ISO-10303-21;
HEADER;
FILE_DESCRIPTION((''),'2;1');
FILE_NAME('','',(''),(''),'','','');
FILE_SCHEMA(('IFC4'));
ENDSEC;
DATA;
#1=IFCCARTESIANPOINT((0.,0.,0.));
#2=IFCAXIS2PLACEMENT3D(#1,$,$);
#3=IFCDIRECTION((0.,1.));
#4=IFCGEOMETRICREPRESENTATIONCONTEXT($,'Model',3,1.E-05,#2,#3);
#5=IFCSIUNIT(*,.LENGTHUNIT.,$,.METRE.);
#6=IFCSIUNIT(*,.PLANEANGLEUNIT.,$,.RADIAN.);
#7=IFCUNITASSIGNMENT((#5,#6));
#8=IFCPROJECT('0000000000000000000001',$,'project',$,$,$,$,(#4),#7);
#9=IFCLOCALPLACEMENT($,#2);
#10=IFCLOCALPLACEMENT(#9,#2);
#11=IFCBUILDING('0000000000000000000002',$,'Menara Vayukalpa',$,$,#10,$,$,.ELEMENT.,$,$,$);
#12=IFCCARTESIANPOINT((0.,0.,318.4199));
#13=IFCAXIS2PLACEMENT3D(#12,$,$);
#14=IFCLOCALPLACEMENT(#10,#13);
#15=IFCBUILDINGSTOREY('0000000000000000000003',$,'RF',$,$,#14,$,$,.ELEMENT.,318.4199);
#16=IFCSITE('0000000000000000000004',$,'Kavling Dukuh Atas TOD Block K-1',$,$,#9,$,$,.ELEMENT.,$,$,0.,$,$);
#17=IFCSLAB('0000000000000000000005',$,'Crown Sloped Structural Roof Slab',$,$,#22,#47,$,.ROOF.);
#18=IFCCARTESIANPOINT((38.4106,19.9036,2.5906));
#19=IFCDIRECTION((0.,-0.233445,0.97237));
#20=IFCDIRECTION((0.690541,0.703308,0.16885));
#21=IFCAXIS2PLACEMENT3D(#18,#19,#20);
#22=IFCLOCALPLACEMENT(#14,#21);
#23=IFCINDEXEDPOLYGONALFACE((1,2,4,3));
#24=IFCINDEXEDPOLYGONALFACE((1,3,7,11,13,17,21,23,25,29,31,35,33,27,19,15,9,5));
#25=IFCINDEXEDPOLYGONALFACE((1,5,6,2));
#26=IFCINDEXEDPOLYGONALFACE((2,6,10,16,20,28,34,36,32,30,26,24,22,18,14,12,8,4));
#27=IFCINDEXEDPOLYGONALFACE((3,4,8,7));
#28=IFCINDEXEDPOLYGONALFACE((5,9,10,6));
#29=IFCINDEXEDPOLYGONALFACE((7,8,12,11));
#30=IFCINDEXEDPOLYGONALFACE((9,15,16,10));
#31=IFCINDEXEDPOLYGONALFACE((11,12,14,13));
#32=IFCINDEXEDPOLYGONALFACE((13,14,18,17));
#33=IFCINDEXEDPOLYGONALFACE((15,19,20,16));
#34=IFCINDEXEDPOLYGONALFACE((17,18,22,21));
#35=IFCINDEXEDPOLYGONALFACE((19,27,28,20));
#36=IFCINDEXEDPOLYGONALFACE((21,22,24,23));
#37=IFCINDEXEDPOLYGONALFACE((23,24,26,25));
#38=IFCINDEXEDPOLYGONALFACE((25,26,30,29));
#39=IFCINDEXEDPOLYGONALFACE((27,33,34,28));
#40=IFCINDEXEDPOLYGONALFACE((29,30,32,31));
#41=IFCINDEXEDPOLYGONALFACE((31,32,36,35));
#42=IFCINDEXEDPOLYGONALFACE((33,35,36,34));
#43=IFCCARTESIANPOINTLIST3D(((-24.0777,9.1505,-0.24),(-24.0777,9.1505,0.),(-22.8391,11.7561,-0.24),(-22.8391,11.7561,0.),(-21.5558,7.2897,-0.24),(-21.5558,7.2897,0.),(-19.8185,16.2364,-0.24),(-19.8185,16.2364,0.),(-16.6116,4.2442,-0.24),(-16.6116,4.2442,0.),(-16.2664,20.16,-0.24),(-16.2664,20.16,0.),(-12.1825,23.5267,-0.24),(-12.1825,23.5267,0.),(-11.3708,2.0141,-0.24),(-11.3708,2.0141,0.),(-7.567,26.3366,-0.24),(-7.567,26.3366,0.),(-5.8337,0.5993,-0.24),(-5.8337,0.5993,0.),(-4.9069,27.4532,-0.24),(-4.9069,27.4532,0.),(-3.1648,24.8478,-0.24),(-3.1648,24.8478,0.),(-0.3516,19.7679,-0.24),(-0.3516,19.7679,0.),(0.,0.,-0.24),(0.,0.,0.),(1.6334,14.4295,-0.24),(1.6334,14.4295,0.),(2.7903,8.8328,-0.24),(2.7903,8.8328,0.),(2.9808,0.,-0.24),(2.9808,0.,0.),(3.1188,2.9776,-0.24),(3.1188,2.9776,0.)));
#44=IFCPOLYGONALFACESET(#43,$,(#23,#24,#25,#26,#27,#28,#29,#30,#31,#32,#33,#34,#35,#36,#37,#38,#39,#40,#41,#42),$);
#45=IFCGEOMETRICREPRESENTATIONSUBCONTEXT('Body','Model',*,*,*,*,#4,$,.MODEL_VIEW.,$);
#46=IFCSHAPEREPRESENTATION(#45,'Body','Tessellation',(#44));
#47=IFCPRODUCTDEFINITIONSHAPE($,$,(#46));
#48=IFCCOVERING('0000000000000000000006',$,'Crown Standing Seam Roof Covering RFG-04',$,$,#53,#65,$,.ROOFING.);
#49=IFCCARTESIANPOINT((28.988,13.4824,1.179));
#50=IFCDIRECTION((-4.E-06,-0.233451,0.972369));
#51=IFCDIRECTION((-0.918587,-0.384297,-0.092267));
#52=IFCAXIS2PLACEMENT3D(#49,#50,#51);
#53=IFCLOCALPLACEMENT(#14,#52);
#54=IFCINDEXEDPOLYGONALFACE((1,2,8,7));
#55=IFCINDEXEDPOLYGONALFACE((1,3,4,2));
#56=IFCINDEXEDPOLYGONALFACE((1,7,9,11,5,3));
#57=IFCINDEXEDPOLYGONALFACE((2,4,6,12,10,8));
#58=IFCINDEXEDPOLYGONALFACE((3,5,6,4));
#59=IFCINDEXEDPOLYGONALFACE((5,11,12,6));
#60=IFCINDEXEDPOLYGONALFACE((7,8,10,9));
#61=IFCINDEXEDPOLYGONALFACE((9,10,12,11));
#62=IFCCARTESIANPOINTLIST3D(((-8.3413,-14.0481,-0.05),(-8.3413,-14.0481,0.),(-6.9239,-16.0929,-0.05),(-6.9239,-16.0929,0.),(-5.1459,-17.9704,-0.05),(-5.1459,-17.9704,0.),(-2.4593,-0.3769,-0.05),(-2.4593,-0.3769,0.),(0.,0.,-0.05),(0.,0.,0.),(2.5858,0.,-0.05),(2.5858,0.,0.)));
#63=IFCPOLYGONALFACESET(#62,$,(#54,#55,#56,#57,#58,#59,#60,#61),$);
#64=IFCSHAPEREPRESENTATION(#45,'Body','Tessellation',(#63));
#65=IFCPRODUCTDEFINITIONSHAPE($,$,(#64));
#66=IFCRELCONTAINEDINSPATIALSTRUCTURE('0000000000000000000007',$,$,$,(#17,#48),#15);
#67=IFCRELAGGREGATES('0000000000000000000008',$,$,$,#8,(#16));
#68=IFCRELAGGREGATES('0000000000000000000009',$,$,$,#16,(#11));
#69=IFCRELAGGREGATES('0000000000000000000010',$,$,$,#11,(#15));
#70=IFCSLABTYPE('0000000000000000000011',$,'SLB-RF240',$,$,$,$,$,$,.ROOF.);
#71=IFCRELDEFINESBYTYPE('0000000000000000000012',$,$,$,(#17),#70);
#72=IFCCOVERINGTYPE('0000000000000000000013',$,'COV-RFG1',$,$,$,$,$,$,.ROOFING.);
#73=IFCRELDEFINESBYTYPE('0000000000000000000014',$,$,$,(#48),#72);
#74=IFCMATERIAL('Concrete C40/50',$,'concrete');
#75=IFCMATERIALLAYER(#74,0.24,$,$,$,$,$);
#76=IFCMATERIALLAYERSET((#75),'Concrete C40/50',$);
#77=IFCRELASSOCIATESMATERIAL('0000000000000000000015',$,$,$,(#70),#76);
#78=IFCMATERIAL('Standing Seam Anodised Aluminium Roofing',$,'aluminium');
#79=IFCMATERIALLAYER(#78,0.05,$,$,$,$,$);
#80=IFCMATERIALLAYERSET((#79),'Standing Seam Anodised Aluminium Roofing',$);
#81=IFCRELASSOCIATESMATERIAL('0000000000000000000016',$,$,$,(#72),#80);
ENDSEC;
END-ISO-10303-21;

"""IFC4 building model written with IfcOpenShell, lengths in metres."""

from ifc_helpers import new_model, si_unit, direction, frame, origin, place, context, subcontext, project, spatial, polyline, outline, extrude, material, layer, layer_set, type_object, element, save


model = new_model("IFC4")

# Units and contexts
model_context = context("Model", 3, precision=1e-05, world=origin(), true_north=direction((0.0, 1.0)))
body_context = subcontext(model_context, "Body", "Model", "MODEL_VIEW")
ifc_project = project(units=[si_unit("LENGTHUNIT", "METRE"), si_unit("PLANEANGLEUNIT", "RADIAN")], contexts=[model_context])

# Site, building, storey
site_placement = place(None, origin())
site = spatial("IfcSite", under=ifc_project, at=site_placement, Name="Kavling Dukuh Atas TOD Block K-1", CompositionType="ELEMENT", RefElevation=0.0)
building_placement = place(site_placement, origin())
building = spatial("IfcBuilding", under=site, at=building_placement, Name="Menara Vayukalpa", CompositionType="ELEMENT")
storey_placement = place(building_placement, frame((0.0, 0.0, 318.4199)))
storey = spatial("IfcBuildingStorey", under=building, at=storey_placement, Name="RF", CompositionType="ELEMENT", Elevation=318.4199)

# Slab
ifc_material_1 = material(Name="Concrete C40/50", Category="concrete")
ifc_layer_1 = layer(ifc_material_1, 0.24)
ifc_layer_set_1 = layer_set([ifc_layer_1], Name="Concrete C40/50")
slab_type = type_object("IfcSlabType", Name="SLB-RF240", PredefinedType="ROOF", material=ifc_layer_set_1)
slab_placement = place(storey_placement, frame((38.4106, 19.9036, 2.5906), z_axis=(0.0, -0.233445, 0.97237), x_axis=(0.690541, 0.703308, 0.16885)))
element("IfcSlab", 1, at=slab_placement, inside=storey, type_object=slab_type, Name="Crown Sloped Structural Roof Slab", PredefinedType="ROOF", context=body_context, shape_type="SweptSolid", body=[
    extrude(outline(polyline([(0.0, 0.0), (2.9808, 0.0), (3.1188, 2.9776), (2.7903, 8.8328), (1.6334, 14.4295), (-0.3516, 19.7679), (-3.1648, 24.8478), (-4.9069, 27.4532), (-7.567, 26.3366), (-12.1825, 23.5267), (-16.2664, 20.16), (-19.8185, 16.2364), (-22.8391, 11.7561), (-24.0777, 9.1505), (-21.5558, 7.2897), (-16.6116, 4.2442), (-11.3708, 2.0141), (-5.8337, 0.5993), (0.0, 0.0)])), origin(), (0.0, 0.0, -1.0), 0.24),
])

# Covering
ifc_material_2 = material(Name="Standing Seam Anodised Aluminium Roofing", Category="aluminium")
ifc_layer_2 = layer(ifc_material_2, 0.05)
ifc_layer_set_2 = layer_set([ifc_layer_2], Name="Standing Seam Anodised Aluminium Roofing")
covering_type = type_object("IfcCoveringType", Name="COV-RFG1", PredefinedType="ROOFING", material=ifc_layer_set_2)
covering_1_placement = place(storey_placement, frame((28.988, 13.4824, 1.179), z_axis=(-0.000004, -0.233451, 0.972369), x_axis=(-0.918587, -0.384297, -0.092267)))
element("IfcCovering", 2, at=covering_1_placement, inside=storey, type_object=covering_type, Name="Crown Standing Seam Roof Covering RFG-04", PredefinedType="ROOFING", context=body_context, shape_type="SweptSolid", body=[
    extrude(outline(polyline([(0.0, 0.0), (2.5858, 0.0), (-5.1459, -17.9704), (-6.9239, -16.0929), (-8.3413, -14.0481), (-2.4593, -0.3769), (0.0, 0.0)])), origin(), (0.0, 0.0, -1.0), 0.05),
])

save(model, "model.ifc")
